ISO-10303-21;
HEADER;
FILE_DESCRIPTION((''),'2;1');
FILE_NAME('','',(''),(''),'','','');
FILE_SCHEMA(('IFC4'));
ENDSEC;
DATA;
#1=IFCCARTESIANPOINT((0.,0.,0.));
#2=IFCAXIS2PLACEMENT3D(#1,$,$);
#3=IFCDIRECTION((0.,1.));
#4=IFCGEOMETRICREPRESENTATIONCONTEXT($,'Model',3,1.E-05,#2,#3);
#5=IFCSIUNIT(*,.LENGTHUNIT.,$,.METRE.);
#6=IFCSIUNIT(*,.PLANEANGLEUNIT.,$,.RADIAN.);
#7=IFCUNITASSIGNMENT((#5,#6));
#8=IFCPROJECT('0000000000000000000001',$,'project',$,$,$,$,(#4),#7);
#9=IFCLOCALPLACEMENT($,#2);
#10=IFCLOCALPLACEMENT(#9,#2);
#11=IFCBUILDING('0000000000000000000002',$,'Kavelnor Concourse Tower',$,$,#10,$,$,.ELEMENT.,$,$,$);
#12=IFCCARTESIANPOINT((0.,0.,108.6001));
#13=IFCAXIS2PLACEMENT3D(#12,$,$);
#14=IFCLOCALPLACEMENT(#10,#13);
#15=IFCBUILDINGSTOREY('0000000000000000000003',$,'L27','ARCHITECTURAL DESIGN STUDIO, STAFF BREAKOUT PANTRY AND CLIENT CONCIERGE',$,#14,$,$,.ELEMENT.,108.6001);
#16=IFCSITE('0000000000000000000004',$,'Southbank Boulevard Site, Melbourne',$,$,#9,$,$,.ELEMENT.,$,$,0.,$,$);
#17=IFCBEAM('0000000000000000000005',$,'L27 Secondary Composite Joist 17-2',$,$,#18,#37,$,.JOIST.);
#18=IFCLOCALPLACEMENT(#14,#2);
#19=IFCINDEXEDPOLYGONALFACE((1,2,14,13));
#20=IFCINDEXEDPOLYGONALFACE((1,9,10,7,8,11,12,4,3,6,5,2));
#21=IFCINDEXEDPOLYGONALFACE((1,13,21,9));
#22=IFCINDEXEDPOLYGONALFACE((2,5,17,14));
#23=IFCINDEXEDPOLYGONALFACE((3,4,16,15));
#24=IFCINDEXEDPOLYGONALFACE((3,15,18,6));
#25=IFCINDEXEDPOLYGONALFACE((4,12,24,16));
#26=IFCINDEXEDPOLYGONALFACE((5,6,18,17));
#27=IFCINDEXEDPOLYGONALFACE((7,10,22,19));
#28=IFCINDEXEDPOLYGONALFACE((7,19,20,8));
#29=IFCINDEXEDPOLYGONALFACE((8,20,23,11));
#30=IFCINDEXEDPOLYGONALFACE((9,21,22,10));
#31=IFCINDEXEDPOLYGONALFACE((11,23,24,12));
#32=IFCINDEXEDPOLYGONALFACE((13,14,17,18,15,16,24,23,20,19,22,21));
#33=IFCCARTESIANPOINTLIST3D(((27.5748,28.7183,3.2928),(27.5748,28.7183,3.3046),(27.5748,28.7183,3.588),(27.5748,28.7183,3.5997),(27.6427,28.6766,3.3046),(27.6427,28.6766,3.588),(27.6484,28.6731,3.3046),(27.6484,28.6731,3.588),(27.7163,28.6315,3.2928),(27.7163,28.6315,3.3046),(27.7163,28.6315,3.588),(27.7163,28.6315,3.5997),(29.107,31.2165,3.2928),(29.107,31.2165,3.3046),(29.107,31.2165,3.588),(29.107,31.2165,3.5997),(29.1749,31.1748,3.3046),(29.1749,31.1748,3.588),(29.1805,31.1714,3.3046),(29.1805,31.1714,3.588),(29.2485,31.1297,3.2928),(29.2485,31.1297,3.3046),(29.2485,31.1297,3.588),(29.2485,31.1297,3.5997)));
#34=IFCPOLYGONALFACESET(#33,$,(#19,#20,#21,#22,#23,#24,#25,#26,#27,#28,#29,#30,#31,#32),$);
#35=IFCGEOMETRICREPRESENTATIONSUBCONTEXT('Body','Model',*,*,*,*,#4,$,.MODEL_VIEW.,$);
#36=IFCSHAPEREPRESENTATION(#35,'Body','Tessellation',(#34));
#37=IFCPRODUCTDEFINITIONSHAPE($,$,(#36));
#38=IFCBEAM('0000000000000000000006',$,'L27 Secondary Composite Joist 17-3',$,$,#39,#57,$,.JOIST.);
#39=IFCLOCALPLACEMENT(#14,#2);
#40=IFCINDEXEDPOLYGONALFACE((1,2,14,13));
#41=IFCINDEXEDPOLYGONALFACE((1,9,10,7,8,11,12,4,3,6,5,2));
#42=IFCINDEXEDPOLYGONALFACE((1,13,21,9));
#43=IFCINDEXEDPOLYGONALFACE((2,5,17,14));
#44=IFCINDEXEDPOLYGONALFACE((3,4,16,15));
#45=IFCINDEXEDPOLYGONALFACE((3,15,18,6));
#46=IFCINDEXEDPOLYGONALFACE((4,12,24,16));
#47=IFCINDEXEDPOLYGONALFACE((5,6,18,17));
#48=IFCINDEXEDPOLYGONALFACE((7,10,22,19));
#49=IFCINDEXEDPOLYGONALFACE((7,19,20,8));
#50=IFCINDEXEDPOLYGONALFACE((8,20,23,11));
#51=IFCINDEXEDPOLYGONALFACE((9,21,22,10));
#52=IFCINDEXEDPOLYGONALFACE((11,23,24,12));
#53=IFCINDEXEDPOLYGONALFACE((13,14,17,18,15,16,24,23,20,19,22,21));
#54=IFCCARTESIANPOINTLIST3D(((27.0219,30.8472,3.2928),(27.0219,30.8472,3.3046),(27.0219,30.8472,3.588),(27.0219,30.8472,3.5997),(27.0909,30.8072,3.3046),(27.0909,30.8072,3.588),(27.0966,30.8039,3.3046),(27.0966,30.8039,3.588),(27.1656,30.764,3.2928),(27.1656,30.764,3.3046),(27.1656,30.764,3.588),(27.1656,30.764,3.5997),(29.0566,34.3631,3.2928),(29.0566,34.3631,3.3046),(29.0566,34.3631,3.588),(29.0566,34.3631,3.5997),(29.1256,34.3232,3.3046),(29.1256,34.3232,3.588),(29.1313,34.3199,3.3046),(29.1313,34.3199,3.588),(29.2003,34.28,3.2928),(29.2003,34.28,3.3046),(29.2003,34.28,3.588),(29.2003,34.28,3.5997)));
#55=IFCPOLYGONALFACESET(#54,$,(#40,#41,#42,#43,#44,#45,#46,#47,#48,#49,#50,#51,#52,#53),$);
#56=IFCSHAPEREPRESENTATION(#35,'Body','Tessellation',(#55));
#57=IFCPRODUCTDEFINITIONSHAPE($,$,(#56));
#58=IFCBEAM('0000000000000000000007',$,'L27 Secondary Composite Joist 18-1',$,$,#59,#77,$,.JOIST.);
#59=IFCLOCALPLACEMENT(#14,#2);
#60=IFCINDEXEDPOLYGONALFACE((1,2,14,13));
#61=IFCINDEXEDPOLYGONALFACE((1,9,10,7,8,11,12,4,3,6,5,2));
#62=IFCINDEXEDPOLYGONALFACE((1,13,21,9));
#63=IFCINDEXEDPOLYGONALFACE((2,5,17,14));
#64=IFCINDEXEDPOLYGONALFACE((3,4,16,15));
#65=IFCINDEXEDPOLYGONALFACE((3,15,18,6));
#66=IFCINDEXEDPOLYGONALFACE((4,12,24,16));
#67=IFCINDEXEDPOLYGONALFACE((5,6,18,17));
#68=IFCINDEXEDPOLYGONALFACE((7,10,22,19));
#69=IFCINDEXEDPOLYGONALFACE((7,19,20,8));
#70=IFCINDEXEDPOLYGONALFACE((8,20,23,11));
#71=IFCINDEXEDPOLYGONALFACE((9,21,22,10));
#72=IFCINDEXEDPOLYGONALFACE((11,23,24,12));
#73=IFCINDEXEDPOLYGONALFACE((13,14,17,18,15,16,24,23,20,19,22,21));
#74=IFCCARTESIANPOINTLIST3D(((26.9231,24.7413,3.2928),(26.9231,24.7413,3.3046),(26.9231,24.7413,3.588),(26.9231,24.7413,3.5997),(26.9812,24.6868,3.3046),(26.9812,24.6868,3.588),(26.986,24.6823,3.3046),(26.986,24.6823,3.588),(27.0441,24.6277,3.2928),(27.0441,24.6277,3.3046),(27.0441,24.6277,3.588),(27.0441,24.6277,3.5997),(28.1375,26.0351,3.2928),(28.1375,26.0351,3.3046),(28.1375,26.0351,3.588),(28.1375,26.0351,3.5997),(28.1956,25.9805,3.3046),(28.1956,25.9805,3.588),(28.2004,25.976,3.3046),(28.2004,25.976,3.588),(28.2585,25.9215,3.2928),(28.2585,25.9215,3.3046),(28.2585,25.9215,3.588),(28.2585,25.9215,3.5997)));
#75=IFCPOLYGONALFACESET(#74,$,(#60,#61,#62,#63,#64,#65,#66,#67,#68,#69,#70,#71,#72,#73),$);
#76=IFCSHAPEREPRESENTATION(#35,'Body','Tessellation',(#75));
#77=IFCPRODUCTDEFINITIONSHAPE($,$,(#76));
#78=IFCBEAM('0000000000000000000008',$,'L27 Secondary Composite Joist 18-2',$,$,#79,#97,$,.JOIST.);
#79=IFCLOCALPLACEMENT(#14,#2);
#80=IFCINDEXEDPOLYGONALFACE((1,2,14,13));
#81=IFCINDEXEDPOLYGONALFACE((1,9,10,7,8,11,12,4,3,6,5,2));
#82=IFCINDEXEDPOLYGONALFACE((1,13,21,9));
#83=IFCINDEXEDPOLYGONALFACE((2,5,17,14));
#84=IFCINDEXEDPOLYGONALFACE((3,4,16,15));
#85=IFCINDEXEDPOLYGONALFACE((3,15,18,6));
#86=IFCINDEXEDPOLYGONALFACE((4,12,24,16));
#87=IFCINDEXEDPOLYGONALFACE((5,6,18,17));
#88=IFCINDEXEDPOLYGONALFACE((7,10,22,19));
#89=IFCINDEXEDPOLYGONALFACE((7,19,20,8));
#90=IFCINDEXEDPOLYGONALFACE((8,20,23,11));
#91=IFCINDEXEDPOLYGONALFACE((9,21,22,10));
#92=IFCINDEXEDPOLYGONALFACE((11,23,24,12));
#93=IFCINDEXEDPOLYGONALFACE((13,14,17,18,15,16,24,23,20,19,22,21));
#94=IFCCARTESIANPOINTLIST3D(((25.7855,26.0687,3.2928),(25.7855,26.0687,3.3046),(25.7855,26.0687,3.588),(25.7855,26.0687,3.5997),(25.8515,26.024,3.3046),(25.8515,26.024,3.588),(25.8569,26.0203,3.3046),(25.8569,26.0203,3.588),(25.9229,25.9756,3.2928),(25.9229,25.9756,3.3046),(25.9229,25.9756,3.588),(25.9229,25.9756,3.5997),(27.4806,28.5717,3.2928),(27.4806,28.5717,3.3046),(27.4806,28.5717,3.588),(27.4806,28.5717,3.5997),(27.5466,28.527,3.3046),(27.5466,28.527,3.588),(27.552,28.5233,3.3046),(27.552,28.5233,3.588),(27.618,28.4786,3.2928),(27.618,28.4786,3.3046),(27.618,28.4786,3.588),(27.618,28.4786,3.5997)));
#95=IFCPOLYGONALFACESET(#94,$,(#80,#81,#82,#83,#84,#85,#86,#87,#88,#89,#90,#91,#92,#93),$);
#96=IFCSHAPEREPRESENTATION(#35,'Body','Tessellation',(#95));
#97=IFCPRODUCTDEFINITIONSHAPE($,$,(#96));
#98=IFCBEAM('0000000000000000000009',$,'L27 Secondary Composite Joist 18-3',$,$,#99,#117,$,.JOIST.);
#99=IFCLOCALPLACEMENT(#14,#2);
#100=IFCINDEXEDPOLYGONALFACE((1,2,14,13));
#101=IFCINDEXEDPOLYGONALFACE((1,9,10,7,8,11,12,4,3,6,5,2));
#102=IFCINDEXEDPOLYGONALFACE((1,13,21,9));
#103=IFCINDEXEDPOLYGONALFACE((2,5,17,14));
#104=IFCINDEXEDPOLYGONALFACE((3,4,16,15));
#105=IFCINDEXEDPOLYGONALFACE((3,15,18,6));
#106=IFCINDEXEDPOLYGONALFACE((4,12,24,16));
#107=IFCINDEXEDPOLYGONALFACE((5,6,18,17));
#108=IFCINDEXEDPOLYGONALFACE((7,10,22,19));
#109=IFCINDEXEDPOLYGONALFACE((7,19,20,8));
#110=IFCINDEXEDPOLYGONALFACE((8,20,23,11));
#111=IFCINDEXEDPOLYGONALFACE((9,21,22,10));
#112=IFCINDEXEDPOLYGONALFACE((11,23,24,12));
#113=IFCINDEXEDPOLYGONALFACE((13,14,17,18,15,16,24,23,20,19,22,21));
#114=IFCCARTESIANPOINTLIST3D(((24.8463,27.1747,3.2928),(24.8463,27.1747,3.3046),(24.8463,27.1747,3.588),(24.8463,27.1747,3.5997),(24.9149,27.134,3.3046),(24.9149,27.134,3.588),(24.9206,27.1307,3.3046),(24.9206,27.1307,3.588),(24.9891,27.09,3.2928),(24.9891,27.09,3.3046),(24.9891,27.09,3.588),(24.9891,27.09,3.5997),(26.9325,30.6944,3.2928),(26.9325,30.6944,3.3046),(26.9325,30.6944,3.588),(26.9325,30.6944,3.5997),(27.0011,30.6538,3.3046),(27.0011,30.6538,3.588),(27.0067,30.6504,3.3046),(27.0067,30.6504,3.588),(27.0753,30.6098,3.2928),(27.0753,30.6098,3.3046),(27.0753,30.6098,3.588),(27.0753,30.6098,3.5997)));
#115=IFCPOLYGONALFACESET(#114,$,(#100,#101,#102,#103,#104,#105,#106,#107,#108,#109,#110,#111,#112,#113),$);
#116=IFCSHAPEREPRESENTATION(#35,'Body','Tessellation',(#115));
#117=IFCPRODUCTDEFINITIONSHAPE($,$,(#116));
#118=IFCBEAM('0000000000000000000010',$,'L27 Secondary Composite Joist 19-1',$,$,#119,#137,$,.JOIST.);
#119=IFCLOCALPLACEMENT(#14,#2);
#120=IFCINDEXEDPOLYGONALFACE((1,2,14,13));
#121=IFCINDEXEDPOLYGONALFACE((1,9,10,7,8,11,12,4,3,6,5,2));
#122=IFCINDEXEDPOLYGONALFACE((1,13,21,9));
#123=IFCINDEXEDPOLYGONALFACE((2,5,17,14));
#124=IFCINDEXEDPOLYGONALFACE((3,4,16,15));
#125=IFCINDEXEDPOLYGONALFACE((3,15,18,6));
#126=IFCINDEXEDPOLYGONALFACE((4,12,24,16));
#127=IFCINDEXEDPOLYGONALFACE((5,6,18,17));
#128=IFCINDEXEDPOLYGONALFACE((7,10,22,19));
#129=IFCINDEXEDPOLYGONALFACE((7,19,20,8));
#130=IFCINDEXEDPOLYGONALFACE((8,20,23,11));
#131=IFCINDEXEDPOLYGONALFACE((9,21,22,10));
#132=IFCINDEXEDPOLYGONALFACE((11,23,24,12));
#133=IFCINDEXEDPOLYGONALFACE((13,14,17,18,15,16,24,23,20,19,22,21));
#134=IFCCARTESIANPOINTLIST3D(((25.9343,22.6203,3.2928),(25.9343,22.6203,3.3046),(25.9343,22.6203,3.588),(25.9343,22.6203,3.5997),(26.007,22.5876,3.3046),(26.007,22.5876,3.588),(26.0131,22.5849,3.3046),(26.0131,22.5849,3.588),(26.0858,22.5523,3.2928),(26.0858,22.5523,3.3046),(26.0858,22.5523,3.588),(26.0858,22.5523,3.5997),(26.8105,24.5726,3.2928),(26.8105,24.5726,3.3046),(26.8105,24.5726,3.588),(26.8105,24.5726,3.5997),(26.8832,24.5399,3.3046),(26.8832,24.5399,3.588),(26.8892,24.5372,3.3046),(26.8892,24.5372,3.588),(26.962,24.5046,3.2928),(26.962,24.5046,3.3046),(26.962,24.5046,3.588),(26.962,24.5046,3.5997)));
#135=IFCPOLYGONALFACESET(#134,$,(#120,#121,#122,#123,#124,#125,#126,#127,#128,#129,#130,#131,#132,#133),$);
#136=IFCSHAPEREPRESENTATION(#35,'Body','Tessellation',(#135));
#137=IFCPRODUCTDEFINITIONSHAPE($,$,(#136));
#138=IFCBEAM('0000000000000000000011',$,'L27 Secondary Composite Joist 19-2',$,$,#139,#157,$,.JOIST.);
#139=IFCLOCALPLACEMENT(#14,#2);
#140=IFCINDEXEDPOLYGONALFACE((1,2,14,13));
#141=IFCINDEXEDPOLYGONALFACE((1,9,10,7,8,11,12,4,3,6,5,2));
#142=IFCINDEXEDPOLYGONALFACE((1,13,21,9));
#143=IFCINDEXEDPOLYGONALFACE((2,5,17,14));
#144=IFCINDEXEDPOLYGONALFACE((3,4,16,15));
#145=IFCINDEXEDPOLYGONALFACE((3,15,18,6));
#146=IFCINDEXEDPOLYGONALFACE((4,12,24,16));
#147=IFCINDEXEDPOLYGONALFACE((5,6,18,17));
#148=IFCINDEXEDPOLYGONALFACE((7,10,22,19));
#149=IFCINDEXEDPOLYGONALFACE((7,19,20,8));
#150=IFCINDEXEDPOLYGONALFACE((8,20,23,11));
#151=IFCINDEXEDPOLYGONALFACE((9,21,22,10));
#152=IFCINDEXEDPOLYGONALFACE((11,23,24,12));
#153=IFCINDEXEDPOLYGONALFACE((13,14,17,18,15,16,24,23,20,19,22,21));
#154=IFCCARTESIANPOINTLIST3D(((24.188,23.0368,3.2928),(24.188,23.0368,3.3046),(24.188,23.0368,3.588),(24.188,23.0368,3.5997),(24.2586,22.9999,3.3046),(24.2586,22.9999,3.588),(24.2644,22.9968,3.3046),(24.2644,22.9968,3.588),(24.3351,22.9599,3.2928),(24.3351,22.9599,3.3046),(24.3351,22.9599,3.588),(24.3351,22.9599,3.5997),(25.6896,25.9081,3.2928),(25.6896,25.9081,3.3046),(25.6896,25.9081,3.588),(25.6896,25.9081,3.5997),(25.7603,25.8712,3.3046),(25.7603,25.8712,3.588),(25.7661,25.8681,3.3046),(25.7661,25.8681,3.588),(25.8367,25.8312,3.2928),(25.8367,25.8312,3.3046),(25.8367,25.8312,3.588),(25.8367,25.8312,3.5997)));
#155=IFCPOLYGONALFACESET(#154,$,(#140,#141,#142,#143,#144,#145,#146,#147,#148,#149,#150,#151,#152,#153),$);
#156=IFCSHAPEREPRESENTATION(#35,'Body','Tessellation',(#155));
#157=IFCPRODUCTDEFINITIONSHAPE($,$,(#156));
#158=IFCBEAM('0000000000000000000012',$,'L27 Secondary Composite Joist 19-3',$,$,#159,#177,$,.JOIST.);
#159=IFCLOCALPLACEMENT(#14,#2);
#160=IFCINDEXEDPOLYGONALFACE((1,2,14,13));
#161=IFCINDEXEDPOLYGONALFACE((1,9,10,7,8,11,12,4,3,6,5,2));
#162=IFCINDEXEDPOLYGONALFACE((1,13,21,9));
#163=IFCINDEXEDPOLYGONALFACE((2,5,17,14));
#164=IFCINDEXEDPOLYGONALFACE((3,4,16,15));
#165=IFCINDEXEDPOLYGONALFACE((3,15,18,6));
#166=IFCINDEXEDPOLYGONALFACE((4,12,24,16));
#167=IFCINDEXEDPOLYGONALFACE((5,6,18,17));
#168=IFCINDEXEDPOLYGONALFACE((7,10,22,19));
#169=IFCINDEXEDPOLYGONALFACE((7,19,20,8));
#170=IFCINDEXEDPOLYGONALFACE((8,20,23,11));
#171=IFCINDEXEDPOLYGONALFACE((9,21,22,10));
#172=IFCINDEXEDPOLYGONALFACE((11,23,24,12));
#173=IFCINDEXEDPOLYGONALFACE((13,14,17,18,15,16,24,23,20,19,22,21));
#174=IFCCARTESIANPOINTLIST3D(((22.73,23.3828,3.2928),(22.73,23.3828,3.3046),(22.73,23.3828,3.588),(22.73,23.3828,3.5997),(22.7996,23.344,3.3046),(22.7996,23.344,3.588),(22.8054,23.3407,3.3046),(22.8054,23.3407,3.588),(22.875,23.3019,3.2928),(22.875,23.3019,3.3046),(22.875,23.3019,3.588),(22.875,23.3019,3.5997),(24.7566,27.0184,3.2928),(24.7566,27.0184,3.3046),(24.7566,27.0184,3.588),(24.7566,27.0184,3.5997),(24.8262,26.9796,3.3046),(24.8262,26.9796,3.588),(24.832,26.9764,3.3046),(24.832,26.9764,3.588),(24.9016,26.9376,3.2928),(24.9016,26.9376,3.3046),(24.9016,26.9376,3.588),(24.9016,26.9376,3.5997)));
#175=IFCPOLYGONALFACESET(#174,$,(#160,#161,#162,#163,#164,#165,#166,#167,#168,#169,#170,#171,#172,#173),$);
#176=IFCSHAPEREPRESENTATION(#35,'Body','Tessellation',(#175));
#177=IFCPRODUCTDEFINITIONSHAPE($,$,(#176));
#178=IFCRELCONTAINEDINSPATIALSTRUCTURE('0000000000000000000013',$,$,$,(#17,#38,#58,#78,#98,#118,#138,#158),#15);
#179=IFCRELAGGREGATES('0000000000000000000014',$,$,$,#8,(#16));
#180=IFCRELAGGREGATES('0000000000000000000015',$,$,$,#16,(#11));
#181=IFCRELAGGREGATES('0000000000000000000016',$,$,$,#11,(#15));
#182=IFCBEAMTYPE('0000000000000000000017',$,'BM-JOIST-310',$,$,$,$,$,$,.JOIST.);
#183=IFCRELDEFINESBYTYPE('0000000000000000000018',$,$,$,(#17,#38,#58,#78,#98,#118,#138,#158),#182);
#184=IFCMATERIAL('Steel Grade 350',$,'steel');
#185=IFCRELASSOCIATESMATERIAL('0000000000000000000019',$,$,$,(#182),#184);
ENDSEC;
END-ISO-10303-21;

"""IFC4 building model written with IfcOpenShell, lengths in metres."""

from ifc_helpers import new_model, si_unit, direction, frame, origin, origin_2d, place, context, subcontext, project, spatial, i_section, extrude, material, material_profile, profile_set, type_object, element, save


model = new_model("IFC4")

# Units and contexts
model_context = context("Model", 3, precision=1e-05, world=origin(), true_north=direction((0.0, 1.0)))
body_context = subcontext(model_context, "Body", "Model", "MODEL_VIEW")
ifc_project = project(units=[si_unit("LENGTHUNIT", "METRE"), si_unit("PLANEANGLEUNIT", "RADIAN")], contexts=[model_context])

# Site, building, storey
site_placement = place(None, origin())
site = spatial("IfcSite", under=ifc_project, at=site_placement, Name="Southbank Boulevard Site, Melbourne", CompositionType="ELEMENT", RefElevation=0.0)
building_placement = place(site_placement, origin())
building = spatial("IfcBuilding", under=site, at=building_placement, Name="Kavelnor Concourse Tower", CompositionType="ELEMENT")
storey_placement = place(building_placement, frame((0.0, 0.0, 108.6001)))
storey = spatial("IfcBuildingStorey", under=building, at=storey_placement, Name="L27", Description="ARCHITECTURAL DESIGN STUDIO, STAFF BREAKOUT PANTRY AND CLIENT CONCIERGE", CompositionType="ELEMENT", Elevation=108.6001)

# Shared definitions
ifc_material_1 = material(Name="Steel Grade 350", Category="steel")

# Beams
ifc_material_profile_1 = material_profile(ifc_material_1, i_section(OverallWidth=0.166, OverallDepth=0.3069, WebThickness=0.0066, FlangeThickness=0.0117, at=origin_2d()), Name="310UB46")
ifc_profile_set_1 = profile_set([ifc_material_profile_1], Name="Steel Grade 350")
beam_type_1 = type_object("IfcBeamType", Name="BM-JOIST-310", PredefinedType="JOIST", material=ifc_profile_set_1)
beam_1_placement = place(storey_placement, frame((29.1777, 31.1731, 3.4463), z_axis=(-0.522814, -0.852447, 0.0), x_axis=(0.852447, -0.522814, 0.0)))
element("IfcBeam", 1, at=beam_1_placement, inside=storey, type_object=beam_type_1, Name="L27 Secondary Composite Joist 17-2", PredefinedType="JOIST", context=body_context, shape_type="SweptSolid", body=[
    extrude(i_section(OverallWidth=0.166, OverallDepth=0.3069, WebThickness=0.0066, FlangeThickness=0.0117, at=origin_2d()), origin(), (0.0, 0.0, 1.0), 2.9307),
])
beam_2_placement = place(storey_placement, frame((29.1284, 34.3215, 3.4463), z_axis=(-0.500882, -0.865515, 0.0), x_axis=(0.865515, -0.500882, 0.0)))
element("IfcBeam", 2, at=beam_2_placement, inside=storey, type_object=beam_type_1, Name="L27 Secondary Composite Joist 17-3", PredefinedType="JOIST", context=body_context, shape_type="SweptSolid", body=[
    extrude(i_section(OverallWidth=0.166, OverallDepth=0.3069, WebThickness=0.0066, FlangeThickness=0.0117, at=origin_2d()), origin(), (0.0, 0.0, 1.0), 4.0623),
])
beam_3_placement = place(storey_placement, frame((28.198, 25.9783, 3.4463), z_axis=(-0.684394, -0.729112, 0.0), x_axis=(0.729112, -0.684394, 0.0)))
element("IfcBeam", 3, at=beam_3_placement, inside=storey, type_object=beam_type_1, Name="L27 Secondary Composite Joist 18-1", PredefinedType="JOIST", context=body_context, shape_type="SweptSolid", body=[
    extrude(i_section(OverallWidth=0.166, OverallDepth=0.3069, WebThickness=0.0066, FlangeThickness=0.0117, at=origin_2d()), origin(), (0.0, 0.0, 1.0), 1.7744),
])
beam_4_placement = place(storey_placement, frame((27.5493, 28.5251, 3.4463), z_axis=(-0.560743, -0.82799, 0.0), x_axis=(0.82799, -0.560743, 0.0)))
element("IfcBeam", 4, at=beam_4_placement, inside=storey, type_object=beam_type_1, Name="L27 Secondary Composite Joist 18-2", PredefinedType="JOIST", context=body_context, shape_type="SweptSolid", body=[
    extrude(i_section(OverallWidth=0.166, OverallDepth=0.3069, WebThickness=0.0066, FlangeThickness=0.0117, at=origin_2d()), origin(), (0.0, 0.0, 1.0), 3.0229),
])
beam_5_placement = place(storey_placement, frame((27.0039, 30.6521, 3.4463), z_axis=(-0.509873, -0.86025, 0.0), x_axis=(0.86025, -0.509873, 0.0)))
element("IfcBeam", 5, at=beam_5_placement, inside=storey, type_object=beam_type_1, Name="L27 Secondary Composite Joist 18-3", PredefinedType="JOIST", context=body_context, shape_type="SweptSolid", body=[
    extrude(i_section(OverallWidth=0.166, OverallDepth=0.3069, WebThickness=0.0066, FlangeThickness=0.0117, at=origin_2d()), origin(), (0.0, 0.0, 1.0), 4.0916),
])
beam_6_placement = place(storey_placement, frame((26.8862, 24.5386, 3.4463), z_axis=(-0.409449, -0.912333, 0.0), x_axis=(0.912333, -0.409449, 0.0)))
element("IfcBeam", 6, at=beam_6_placement, inside=storey, type_object=beam_type_1, Name="L27 Secondary Composite Joist 19-1", PredefinedType="JOIST", context=body_context, shape_type="SweptSolid", body=[
    extrude(i_section(OverallWidth=0.166, OverallDepth=0.3069, WebThickness=0.0066, FlangeThickness=0.0117, at=origin_2d()), origin(), (0.0, 0.0, 1.0), 2.1399),
])
beam_7_placement = place(storey_placement, frame((25.7632, 25.8696, 3.4463), z_axis=(-0.463444, -0.886126, 0.0), x_axis=(0.886126, -0.463444, 0.0)))
element("IfcBeam", 7, at=beam_7_placement, inside=storey, type_object=beam_type_1, Name="L27 Secondary Composite Joist 19-2", PredefinedType="JOIST", context=body_context, shape_type="SweptSolid", body=[
    extrude(i_section(OverallWidth=0.166, OverallDepth=0.3069, WebThickness=0.0066, FlangeThickness=0.0117, at=origin_2d()), origin(), (0.0, 0.0, 1.0), 3.2402),
])
beam_8_placement = place(storey_placement, frame((24.8291, 26.978, 3.4463), z_axis=(-0.486882, -0.873467, 0.0), x_axis=(0.873467, -0.486882, 0.0)))
element("IfcBeam", 8, at=beam_8_placement, inside=storey, type_object=beam_type_1, Name="L27 Secondary Composite Joist 19-3", PredefinedType="JOIST", context=body_context, shape_type="SweptSolid", body=[
    extrude(i_section(OverallWidth=0.166, OverallDepth=0.3069, WebThickness=0.0066, FlangeThickness=0.0117, at=origin_2d()), origin(), (0.0, 0.0, 1.0), 4.1624),
])

save(model, "model.ifc")
